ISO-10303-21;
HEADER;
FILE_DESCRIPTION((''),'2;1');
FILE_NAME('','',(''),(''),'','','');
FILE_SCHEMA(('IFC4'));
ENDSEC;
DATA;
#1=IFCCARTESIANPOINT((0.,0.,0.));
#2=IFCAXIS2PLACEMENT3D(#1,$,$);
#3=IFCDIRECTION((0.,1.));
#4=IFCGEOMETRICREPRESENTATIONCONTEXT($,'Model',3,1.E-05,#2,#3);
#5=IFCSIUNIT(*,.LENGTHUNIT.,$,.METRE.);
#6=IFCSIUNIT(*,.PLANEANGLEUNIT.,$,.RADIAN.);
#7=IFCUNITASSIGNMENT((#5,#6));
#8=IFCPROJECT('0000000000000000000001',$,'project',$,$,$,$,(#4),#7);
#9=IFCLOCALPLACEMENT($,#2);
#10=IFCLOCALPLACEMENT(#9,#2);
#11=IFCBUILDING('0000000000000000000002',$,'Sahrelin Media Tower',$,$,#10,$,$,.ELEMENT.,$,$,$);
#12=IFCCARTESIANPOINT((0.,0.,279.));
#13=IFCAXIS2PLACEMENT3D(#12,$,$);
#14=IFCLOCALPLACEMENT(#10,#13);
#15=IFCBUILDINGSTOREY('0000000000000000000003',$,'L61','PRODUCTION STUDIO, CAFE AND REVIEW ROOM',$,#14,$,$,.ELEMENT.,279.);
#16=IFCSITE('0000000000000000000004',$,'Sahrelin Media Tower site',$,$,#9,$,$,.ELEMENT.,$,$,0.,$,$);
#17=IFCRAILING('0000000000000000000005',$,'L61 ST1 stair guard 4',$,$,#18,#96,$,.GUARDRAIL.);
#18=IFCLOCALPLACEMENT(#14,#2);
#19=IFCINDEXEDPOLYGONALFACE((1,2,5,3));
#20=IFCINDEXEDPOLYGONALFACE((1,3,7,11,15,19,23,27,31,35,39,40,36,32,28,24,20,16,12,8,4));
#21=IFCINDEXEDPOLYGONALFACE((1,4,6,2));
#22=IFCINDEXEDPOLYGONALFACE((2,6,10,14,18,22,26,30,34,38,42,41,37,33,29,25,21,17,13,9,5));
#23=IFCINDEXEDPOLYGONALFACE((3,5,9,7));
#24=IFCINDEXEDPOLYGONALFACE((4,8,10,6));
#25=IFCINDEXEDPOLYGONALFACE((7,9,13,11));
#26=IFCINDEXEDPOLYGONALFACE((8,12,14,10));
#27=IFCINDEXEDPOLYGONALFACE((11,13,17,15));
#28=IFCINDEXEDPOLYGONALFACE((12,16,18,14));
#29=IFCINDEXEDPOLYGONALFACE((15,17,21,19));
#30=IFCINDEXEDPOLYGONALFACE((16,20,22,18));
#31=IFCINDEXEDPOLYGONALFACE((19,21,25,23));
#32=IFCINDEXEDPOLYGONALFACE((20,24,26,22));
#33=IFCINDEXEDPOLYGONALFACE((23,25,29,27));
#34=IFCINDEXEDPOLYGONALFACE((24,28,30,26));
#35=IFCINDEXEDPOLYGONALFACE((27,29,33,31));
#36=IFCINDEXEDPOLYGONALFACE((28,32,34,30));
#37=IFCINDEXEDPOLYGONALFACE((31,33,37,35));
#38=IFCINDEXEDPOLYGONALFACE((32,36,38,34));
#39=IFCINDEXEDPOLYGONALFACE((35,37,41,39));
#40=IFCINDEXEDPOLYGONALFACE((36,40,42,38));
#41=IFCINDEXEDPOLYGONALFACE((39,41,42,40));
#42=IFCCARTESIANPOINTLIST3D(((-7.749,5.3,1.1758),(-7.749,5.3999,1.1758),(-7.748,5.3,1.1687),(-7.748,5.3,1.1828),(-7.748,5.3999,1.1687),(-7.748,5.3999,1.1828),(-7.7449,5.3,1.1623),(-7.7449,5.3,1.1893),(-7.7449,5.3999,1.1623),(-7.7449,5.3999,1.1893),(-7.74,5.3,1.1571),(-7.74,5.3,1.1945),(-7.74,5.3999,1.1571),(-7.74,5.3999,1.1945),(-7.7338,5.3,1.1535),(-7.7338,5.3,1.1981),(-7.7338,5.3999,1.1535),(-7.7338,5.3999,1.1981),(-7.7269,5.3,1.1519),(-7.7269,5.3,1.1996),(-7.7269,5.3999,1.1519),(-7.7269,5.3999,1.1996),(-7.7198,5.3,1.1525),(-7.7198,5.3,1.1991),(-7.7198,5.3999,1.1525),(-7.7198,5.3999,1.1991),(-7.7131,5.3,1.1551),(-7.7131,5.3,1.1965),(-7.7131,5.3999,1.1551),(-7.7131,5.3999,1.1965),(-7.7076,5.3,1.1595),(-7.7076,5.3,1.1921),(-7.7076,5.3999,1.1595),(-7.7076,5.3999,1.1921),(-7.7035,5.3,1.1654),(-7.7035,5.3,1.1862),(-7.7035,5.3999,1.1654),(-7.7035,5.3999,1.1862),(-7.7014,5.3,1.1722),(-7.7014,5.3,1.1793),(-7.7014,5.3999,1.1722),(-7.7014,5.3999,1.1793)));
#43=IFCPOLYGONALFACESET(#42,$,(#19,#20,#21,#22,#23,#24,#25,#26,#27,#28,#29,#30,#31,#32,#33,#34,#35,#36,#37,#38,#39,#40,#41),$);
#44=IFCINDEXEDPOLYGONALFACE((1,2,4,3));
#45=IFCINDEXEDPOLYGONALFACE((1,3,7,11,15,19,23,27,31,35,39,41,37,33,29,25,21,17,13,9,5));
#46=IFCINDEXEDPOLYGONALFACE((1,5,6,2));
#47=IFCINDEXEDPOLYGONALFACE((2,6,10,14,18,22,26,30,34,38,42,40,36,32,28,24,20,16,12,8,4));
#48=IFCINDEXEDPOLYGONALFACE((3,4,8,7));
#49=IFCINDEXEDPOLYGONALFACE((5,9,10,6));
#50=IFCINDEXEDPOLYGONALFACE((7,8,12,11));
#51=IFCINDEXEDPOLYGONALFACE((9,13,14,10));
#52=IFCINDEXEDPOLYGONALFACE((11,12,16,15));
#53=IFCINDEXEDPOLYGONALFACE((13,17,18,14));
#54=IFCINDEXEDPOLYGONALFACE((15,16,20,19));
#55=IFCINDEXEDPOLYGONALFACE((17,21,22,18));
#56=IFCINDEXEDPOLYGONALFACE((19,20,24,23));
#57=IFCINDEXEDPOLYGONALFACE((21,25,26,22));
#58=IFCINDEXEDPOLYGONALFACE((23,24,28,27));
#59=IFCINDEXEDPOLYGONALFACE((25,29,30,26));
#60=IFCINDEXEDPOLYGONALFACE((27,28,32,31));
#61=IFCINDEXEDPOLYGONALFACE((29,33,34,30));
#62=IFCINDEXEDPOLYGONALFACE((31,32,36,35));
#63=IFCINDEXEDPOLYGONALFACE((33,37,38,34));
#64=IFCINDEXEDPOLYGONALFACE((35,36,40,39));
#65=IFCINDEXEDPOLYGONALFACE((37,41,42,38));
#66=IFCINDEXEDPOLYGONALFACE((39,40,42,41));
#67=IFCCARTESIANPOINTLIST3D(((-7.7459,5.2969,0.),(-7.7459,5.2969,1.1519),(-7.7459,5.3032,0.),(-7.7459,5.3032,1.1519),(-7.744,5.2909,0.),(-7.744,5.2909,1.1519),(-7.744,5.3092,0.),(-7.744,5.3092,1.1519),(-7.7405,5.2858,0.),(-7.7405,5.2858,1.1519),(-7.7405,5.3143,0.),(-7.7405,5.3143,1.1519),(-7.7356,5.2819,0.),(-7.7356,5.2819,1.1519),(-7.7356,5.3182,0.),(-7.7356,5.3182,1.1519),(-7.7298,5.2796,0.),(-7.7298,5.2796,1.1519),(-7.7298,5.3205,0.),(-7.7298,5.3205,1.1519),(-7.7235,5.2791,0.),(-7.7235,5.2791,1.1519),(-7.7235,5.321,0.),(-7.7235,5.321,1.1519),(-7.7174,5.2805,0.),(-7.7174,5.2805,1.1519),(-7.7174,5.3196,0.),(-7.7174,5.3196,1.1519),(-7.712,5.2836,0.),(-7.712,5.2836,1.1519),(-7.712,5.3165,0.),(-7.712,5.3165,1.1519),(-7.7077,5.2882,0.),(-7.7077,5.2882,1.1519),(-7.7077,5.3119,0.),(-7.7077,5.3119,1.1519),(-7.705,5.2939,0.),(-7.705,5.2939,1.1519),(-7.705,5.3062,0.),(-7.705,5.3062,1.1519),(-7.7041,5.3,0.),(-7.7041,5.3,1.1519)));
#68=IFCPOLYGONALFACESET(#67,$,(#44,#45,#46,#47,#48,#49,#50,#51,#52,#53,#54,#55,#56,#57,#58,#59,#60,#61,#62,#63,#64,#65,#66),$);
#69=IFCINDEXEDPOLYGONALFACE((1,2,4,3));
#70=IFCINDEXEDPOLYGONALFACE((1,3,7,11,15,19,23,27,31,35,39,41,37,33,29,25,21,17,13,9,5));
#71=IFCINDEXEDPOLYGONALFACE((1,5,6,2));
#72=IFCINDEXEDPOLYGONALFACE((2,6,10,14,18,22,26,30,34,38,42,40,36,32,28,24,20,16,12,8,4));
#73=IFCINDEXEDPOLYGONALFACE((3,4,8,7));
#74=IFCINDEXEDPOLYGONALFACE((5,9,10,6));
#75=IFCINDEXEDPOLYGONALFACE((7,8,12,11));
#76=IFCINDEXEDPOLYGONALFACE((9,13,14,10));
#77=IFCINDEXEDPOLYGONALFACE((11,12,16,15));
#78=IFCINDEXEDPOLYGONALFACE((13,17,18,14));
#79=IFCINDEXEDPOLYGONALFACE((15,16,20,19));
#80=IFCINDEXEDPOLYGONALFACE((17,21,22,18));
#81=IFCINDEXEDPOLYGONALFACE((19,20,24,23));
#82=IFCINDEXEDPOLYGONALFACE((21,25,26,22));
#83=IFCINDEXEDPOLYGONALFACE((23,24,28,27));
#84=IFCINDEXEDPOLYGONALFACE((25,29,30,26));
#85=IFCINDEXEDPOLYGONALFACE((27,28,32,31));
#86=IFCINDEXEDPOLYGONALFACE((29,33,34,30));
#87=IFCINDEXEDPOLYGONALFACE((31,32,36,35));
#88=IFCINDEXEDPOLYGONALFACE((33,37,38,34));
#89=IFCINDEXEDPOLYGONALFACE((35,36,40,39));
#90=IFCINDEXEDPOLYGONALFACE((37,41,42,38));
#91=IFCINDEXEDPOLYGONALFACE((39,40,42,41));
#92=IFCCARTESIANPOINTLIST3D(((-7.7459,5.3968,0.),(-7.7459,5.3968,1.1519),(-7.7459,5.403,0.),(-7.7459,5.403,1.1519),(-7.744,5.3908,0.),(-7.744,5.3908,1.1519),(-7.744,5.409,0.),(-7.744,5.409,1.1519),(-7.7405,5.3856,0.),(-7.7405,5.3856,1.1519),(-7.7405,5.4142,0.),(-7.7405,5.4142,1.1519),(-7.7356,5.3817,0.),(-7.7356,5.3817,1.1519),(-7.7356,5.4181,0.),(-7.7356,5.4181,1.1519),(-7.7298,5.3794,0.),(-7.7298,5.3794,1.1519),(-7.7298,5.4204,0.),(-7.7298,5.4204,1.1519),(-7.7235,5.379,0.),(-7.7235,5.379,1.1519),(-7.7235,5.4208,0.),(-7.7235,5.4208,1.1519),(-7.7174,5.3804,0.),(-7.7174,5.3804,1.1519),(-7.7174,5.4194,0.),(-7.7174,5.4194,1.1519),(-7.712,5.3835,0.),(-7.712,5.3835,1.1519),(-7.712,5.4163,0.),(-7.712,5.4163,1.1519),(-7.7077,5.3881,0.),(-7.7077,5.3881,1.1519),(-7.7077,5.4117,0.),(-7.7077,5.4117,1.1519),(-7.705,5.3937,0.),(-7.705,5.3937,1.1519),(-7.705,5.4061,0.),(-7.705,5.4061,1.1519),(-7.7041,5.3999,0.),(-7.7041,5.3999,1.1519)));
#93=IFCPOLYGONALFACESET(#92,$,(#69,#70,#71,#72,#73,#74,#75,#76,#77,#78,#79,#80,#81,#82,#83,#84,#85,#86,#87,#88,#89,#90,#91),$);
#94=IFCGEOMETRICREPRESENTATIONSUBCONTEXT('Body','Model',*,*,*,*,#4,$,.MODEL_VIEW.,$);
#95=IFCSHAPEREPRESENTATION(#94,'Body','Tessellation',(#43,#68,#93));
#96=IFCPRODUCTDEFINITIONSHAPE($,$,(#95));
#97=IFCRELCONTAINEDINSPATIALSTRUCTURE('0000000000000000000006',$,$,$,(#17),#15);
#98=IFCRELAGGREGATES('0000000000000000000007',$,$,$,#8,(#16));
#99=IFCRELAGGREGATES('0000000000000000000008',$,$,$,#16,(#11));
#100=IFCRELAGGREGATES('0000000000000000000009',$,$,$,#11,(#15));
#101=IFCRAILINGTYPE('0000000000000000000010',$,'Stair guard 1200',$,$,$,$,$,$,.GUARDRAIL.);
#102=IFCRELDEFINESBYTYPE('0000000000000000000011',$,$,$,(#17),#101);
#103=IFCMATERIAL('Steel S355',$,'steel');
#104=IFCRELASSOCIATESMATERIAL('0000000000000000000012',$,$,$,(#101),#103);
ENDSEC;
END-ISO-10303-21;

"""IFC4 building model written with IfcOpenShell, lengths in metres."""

from ifc_helpers import new_model, si_unit, direction, frame, origin, origin_2d, place, context, subcontext, project, spatial, circle, extrude, material, type_object, element, save


model = new_model("IFC4")

# Units and contexts
model_context = context("Model", 3, precision=1e-05, world=origin(), true_north=direction((0.0, 1.0)))
body_context = subcontext(model_context, "Body", "Model", "MODEL_VIEW")
ifc_project = project(units=[si_unit("LENGTHUNIT", "METRE"), si_unit("PLANEANGLEUNIT", "RADIAN")], contexts=[model_context])

# Site, building, storey
site_placement = place(None, origin())
site = spatial("IfcSite", under=ifc_project, at=site_placement, Name="Sahrelin Media Tower site", CompositionType="ELEMENT", RefElevation=0.0)
building_placement = place(site_placement, origin())
building = spatial("IfcBuilding", under=site, at=building_placement, Name="Sahrelin Media Tower", CompositionType="ELEMENT")
storey_placement = place(building_placement, frame((0.0, 0.0, 279.0)))
storey = spatial("IfcBuildingStorey", under=building, at=storey_placement, Name="L61", Description="PRODUCTION STUDIO, CAFE AND REVIEW ROOM", CompositionType="ELEMENT", Elevation=279.0)

# Shared definitions
ifc_material_1 = material(Name="Steel S355", Category="steel")

# Railing
railing_type_1 = type_object("IfcRailingType", Name="Stair guard 1200", PredefinedType="GUARDRAIL", material=ifc_material_1)
railing_1_placement = place(storey_placement, frame((-7.7251, 5.3, 0.0)))
element("IfcRailing", 1, at=railing_1_placement, inside=storey, type_object=railing_type_1, Name="L61 ST1 stair guard 4", PredefinedType="GUARDRAIL", context=body_context, shape_type="SweptSolid", body=[
    extrude(circle(Radius=0.0239, at=origin_2d()), frame((0.0, 0.0, 1.1758), z_axis=(0.0, 1.0, 0.0), x_axis=(-1.0, 0.0, 0.0)), (0.0, 0.0, 1.0), 0.0999),
    extrude(circle(Radius=0.021, at=origin_2d()), origin(), (0.0, 0.0, 1.0), 1.1519),
    extrude(circle(Radius=0.021, at=origin_2d()), frame((0.0, 0.0999, 0.0)), (0.0, 0.0, 1.0), 1.1519),
])

save(model, "model.ifc")
